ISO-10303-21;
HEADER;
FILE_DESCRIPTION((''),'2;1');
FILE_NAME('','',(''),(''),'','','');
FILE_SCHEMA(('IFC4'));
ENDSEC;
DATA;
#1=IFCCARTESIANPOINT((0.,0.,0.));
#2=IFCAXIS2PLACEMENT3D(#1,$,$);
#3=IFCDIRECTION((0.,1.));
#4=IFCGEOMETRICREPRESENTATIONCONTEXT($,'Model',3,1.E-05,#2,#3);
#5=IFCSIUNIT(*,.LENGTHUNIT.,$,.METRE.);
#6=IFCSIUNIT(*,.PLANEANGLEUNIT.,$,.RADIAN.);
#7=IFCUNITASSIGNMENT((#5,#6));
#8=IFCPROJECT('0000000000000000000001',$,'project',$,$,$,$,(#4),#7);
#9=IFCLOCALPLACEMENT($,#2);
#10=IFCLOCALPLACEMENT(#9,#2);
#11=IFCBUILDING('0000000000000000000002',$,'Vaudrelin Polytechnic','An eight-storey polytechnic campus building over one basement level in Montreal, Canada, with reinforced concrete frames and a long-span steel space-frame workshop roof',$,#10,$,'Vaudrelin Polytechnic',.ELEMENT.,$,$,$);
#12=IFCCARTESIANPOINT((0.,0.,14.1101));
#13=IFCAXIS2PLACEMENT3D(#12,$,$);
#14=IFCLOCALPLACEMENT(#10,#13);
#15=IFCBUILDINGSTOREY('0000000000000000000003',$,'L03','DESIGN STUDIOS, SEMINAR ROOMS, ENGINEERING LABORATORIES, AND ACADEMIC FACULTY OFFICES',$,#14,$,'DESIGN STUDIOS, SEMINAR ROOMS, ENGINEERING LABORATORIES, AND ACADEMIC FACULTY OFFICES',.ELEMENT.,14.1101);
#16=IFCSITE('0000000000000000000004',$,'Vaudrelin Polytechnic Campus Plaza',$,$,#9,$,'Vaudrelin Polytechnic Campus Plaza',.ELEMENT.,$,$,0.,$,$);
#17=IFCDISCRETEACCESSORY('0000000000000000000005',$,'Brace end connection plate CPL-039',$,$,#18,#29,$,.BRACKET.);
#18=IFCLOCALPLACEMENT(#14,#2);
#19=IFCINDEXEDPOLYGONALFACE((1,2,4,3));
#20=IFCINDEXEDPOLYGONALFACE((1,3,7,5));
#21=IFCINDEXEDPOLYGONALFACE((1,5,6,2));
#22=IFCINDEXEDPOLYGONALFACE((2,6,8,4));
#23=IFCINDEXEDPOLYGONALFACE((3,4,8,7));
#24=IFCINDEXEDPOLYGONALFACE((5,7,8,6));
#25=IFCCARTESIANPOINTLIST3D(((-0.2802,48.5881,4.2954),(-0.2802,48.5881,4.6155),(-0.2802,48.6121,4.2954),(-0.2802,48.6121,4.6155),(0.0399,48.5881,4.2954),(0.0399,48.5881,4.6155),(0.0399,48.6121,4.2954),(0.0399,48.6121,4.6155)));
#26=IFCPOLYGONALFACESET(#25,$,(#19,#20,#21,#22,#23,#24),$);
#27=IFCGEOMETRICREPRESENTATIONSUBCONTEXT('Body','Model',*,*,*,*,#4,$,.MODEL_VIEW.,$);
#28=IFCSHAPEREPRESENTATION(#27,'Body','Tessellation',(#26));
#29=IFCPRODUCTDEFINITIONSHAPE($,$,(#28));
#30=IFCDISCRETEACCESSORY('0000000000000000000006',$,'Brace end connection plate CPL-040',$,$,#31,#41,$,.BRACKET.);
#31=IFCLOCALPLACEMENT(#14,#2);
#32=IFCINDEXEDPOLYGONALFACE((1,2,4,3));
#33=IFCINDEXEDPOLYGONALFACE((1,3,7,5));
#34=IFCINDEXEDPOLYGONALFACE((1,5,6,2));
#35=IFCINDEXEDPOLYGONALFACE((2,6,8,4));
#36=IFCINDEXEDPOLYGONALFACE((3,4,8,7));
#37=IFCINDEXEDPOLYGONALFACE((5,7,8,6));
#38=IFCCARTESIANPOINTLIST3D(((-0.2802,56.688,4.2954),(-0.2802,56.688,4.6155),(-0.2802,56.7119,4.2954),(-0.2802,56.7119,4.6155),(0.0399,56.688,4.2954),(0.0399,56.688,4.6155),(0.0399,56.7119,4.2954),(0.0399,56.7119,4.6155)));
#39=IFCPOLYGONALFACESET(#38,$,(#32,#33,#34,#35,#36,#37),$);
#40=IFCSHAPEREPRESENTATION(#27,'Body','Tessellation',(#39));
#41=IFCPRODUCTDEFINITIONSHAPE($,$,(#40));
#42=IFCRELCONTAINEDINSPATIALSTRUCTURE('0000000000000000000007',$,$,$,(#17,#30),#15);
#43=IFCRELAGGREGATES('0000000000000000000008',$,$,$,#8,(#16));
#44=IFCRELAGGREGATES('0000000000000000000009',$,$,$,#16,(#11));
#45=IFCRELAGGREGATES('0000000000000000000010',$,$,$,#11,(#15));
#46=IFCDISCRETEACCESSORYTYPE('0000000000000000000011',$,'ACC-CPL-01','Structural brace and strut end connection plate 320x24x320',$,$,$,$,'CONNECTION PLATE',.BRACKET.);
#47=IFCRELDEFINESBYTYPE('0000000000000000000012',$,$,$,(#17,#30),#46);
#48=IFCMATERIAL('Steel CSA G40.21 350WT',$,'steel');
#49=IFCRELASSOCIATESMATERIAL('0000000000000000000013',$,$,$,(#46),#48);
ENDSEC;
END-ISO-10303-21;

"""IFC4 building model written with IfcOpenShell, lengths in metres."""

from ifc_helpers import new_model, si_unit, direction, frame, origin, origin_2d, place, context, subcontext, project, spatial, rectangle, extrude, material, type_object, element, save


model = new_model("IFC4")

# Units and contexts
model_context = context("Model", 3, precision=1e-05, world=origin(), true_north=direction((0.0, 1.0)))
body_context = subcontext(model_context, "Body", "Model", "MODEL_VIEW")
ifc_project = project(units=[si_unit("LENGTHUNIT", "METRE"), si_unit("PLANEANGLEUNIT", "RADIAN")], contexts=[model_context])

# Site, building, storey
site_placement = place(None, origin())
site = spatial("IfcSite", under=ifc_project, at=site_placement, Name="Vaudrelin Polytechnic Campus Plaza", LongName="Vaudrelin Polytechnic Campus Plaza", CompositionType="ELEMENT", RefElevation=0.0)
building_placement = place(site_placement, origin())
building = spatial("IfcBuilding", under=site, at=building_placement, Name="Vaudrelin Polytechnic", Description="An eight-storey polytechnic campus building over one basement level in Montreal, Canada, with reinforced concrete frames and a long-span steel space-frame workshop roof", LongName="Vaudrelin Polytechnic", CompositionType="ELEMENT")
storey_placement = place(building_placement, frame((0.0, 0.0, 14.1101)))
storey = spatial("IfcBuildingStorey", under=building, at=storey_placement, Name="L03", Description="DESIGN STUDIOS, SEMINAR ROOMS, ENGINEERING LABORATORIES, AND ACADEMIC FACULTY OFFICES", LongName="DESIGN STUDIOS, SEMINAR ROOMS, ENGINEERING LABORATORIES, AND ACADEMIC FACULTY OFFICES", CompositionType="ELEMENT", Elevation=14.1101)

# Shared definitions
ifc_material_1 = material(Name="Steel CSA G40.21 350WT", Category="steel")

# Discrete accessories
discrete_accessory_type = type_object("IfcDiscreteAccessoryType", Name="ACC-CPL-01", Description="Structural brace and strut end connection plate 320x24x320", ElementType="CONNECTION PLATE", PredefinedType="BRACKET", material=ifc_material_1)
for number, where, z_axis, x_axis, name in (
    (1, (-0.1201, 48.6001, 4.2954), (0.0, 0.0, 1.0), (1.0, 0.0, 0.0), "Brace end connection plate CPL-039"),
    (2, (-0.1201, 56.7, 4.2954), (0.0, 0.0, 1.0), (1.0, 0.0, 0.0), "Brace end connection plate CPL-040"),
):
    element("IfcDiscreteAccessory", number, at=place(storey_placement, frame(where, z_axis=z_axis, x_axis=x_axis)), inside=storey, type_object=discrete_accessory_type, Name=name, PredefinedType="BRACKET", context=body_context, shape_type="SweptSolid", body=[
        extrude(rectangle(XDim=0.3201, YDim=0.0239, at=origin_2d()), origin(), (0.0, 0.0, 1.0), 0.3201),
    ])

save(model, "model.ifc")
